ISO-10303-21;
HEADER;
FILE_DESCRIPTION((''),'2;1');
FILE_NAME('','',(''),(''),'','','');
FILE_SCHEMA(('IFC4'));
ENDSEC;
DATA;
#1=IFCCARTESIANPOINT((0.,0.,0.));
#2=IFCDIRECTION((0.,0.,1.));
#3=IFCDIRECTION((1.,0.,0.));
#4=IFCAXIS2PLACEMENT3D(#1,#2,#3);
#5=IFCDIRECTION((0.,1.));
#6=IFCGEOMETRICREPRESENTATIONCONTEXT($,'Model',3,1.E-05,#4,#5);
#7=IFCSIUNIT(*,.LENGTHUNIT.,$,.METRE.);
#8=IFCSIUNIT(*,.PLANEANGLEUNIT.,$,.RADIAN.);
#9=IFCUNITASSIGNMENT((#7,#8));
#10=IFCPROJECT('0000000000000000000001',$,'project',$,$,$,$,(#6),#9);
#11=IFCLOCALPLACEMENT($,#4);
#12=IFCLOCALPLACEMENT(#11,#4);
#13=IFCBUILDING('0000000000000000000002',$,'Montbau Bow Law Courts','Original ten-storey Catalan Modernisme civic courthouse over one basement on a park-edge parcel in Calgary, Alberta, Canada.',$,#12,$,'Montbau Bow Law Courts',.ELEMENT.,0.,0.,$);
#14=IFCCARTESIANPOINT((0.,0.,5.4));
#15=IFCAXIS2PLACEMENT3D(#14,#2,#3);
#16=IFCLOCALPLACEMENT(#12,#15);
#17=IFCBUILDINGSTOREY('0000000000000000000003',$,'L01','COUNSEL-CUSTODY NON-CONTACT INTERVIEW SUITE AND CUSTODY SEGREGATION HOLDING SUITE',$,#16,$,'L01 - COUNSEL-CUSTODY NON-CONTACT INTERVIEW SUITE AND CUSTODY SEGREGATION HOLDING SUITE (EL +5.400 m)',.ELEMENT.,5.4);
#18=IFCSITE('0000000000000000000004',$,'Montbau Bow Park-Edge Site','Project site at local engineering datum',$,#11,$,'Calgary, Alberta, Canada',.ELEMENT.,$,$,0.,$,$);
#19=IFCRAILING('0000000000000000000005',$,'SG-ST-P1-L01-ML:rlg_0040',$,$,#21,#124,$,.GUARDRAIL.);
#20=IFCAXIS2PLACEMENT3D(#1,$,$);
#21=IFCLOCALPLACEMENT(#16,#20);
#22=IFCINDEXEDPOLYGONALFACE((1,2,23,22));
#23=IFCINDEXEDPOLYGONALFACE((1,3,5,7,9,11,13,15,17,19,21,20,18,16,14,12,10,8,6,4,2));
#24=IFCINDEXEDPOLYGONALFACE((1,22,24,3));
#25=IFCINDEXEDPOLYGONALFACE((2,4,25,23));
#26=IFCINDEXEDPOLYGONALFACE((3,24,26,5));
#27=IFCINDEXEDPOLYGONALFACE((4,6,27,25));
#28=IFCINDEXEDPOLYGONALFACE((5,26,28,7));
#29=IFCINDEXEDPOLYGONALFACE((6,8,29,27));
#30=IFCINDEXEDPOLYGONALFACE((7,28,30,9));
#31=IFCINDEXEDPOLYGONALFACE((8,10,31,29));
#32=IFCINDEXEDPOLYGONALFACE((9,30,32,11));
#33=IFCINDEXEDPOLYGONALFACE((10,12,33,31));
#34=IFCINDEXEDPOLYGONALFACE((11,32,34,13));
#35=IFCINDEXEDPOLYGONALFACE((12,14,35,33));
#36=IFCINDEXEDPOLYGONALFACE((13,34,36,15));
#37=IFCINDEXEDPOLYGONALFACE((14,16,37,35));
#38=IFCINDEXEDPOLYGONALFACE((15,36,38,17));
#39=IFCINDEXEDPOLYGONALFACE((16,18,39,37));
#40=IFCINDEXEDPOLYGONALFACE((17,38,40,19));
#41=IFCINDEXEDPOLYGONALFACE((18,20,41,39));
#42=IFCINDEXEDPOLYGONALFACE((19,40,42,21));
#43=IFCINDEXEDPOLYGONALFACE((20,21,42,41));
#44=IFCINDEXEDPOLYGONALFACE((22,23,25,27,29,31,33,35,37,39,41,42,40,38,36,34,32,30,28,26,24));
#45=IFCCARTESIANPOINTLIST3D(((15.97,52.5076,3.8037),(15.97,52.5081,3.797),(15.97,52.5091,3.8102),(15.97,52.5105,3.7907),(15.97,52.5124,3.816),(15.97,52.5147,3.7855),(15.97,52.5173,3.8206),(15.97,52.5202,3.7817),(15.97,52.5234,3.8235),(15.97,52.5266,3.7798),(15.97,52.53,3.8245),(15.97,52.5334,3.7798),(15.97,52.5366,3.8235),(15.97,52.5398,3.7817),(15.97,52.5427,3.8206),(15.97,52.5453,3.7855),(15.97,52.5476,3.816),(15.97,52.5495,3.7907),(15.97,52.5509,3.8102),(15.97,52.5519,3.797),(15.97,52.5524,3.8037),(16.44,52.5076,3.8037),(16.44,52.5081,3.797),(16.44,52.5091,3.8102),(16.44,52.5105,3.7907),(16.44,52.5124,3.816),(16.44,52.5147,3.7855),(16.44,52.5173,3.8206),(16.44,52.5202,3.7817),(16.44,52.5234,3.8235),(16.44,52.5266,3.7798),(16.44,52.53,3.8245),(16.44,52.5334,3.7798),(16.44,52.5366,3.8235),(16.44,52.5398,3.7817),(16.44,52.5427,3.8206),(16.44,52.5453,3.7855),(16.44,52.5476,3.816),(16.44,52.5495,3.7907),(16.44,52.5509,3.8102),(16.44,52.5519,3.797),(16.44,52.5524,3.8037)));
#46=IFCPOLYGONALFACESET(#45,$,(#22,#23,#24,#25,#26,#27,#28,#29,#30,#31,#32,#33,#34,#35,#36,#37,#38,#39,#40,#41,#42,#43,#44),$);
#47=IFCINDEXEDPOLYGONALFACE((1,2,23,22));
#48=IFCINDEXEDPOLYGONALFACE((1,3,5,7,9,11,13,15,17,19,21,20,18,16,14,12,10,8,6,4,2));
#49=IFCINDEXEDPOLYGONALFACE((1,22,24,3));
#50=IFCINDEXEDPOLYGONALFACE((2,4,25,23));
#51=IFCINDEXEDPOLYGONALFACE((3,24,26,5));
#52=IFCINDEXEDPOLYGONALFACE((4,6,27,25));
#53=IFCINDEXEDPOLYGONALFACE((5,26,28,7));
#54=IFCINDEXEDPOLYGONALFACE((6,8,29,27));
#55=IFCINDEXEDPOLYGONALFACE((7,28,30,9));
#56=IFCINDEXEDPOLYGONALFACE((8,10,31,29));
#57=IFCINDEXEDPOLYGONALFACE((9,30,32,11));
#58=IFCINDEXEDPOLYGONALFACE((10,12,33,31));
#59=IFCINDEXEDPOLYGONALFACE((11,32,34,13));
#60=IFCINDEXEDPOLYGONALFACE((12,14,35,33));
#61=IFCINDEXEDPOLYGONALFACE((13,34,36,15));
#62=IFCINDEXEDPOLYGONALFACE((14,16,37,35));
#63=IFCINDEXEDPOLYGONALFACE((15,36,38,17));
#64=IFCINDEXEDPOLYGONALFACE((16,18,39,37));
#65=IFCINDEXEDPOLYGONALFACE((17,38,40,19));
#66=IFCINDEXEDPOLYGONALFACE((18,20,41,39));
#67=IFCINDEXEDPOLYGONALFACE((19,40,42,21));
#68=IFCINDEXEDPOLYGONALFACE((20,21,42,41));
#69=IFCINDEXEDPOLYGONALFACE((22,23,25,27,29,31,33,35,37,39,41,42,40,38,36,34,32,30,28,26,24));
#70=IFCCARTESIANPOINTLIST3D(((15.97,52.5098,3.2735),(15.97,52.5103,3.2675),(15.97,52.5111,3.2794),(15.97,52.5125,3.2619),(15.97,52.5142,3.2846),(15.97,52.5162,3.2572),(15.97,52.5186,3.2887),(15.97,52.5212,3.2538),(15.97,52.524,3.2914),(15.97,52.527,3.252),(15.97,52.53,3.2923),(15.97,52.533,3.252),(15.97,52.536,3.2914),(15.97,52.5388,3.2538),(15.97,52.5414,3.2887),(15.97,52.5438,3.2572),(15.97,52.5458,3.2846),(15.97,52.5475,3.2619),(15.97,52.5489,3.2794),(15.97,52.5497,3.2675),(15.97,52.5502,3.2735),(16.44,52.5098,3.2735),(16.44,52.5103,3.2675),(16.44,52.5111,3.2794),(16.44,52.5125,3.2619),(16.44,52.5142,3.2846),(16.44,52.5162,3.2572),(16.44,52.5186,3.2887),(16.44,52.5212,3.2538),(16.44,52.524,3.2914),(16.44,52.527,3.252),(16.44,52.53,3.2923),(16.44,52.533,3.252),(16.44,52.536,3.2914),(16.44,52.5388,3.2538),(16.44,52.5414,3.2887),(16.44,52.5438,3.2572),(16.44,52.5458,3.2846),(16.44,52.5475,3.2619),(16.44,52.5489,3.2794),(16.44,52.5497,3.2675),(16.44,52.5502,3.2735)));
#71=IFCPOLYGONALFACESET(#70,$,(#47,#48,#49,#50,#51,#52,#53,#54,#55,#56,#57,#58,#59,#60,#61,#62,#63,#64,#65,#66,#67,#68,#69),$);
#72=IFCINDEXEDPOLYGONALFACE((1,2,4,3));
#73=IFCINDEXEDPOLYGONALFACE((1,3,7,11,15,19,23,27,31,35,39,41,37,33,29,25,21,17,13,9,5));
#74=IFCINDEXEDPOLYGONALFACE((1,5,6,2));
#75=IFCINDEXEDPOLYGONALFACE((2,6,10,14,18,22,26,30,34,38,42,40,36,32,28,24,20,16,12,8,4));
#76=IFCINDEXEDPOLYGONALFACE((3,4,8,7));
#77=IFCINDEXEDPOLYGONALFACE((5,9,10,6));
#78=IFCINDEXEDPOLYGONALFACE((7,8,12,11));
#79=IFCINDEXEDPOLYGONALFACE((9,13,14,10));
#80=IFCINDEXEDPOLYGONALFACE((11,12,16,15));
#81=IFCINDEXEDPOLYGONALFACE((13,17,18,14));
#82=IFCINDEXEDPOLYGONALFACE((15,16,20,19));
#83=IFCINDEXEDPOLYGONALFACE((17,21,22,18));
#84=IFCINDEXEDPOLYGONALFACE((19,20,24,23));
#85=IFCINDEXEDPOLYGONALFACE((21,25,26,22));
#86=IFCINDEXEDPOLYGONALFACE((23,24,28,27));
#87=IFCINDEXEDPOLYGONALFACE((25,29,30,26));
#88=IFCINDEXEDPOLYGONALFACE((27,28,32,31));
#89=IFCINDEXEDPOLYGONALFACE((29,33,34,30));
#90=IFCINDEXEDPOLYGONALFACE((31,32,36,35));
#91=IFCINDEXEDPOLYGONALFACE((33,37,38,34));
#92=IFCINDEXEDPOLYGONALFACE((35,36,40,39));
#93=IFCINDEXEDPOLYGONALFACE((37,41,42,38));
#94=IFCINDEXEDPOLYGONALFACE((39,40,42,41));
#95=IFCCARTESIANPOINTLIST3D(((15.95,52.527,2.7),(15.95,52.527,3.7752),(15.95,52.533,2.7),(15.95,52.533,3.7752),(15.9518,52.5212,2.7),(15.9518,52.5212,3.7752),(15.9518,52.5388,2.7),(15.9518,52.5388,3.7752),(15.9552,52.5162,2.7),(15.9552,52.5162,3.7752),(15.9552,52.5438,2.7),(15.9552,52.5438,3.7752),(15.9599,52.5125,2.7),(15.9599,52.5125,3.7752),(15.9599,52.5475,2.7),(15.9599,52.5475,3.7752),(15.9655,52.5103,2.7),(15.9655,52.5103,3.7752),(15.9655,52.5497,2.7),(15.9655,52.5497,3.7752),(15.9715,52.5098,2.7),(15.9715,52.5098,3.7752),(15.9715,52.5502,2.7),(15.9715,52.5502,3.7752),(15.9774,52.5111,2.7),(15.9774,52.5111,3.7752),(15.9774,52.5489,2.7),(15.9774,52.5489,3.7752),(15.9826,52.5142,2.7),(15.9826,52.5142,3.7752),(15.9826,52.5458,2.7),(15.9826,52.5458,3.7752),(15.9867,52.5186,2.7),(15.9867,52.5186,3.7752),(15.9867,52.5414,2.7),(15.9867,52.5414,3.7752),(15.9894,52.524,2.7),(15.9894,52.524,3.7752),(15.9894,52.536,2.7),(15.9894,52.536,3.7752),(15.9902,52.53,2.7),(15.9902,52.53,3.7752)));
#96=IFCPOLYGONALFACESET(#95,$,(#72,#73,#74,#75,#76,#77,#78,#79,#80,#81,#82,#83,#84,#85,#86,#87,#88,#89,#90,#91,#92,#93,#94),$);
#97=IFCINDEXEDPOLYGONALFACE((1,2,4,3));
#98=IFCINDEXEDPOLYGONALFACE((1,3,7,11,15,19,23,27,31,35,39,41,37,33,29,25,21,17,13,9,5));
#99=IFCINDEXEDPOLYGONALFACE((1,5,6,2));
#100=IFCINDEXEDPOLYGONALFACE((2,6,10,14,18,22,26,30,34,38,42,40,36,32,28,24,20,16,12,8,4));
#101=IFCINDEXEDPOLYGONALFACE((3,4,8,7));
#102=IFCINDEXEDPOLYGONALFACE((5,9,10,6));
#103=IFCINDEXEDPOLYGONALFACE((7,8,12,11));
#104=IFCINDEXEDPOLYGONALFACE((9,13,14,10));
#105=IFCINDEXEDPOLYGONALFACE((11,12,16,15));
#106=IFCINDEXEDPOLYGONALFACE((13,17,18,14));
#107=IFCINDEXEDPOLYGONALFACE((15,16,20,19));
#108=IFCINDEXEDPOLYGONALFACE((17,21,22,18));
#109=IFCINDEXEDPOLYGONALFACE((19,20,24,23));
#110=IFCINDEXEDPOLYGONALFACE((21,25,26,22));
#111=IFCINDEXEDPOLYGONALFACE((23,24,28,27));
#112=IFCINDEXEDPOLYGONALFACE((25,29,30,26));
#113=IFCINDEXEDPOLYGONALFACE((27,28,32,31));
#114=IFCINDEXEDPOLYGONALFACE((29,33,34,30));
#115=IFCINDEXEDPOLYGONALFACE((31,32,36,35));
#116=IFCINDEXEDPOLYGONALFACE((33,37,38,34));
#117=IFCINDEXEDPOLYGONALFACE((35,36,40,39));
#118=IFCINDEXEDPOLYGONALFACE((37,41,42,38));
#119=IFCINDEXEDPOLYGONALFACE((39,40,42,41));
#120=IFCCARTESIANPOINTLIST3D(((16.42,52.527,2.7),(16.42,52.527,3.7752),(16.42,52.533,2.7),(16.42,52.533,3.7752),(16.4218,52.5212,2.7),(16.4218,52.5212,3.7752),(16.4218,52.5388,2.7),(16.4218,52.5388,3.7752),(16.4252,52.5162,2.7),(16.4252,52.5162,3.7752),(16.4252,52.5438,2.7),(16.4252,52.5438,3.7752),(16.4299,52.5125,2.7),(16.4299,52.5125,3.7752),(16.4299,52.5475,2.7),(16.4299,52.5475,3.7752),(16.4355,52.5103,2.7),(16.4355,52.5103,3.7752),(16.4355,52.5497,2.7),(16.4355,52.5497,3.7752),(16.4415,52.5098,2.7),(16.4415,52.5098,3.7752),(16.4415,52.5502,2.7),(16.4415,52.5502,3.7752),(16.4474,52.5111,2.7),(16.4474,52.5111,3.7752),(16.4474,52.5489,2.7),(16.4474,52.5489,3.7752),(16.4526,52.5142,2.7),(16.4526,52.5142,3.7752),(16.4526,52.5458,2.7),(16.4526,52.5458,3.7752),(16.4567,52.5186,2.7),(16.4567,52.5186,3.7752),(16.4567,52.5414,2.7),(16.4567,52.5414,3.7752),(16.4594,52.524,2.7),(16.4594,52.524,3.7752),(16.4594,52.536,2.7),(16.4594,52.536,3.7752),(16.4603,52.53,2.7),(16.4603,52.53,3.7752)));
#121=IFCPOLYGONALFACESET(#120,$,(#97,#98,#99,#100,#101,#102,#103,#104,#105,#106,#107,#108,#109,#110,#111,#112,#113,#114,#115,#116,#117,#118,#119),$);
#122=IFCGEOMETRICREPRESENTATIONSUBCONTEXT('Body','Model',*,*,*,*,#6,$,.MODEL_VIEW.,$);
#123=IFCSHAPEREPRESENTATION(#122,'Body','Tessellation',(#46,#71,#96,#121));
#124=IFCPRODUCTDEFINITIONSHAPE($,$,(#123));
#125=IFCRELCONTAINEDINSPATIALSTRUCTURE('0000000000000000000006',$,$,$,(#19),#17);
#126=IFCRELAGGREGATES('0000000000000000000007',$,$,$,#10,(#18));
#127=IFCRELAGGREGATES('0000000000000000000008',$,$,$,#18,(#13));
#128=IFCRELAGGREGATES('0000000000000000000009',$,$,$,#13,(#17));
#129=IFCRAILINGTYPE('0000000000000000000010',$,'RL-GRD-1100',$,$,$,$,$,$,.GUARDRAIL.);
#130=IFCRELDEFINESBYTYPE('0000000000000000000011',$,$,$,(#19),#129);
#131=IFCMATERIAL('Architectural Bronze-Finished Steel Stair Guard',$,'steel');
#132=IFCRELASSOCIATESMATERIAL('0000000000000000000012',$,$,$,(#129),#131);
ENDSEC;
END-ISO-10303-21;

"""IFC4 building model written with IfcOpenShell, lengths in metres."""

from ifc_helpers import new_model, si_unit, direction, frame, origin_with_axes, origin_2d_with_axis, place, context, subcontext, project, spatial, circle, extrude, material, type_object, element, save


model = new_model("IFC4")

# Units and contexts
model_context = context("Model", 3, precision=1e-05, world=origin_with_axes(), true_north=direction((0.0, 1.0)))
body_context = subcontext(model_context, "Body", "Model", "MODEL_VIEW")
ifc_project = project(units=[si_unit("LENGTHUNIT", "METRE"), si_unit("PLANEANGLEUNIT", "RADIAN")], contexts=[model_context])

# Site, building, storey
site_placement = place(None, origin_with_axes())
site = spatial("IfcSite", under=ifc_project, at=site_placement, Name="Montbau Bow Park-Edge Site", Description="Project site at local engineering datum", LongName="Calgary, Alberta, Canada", CompositionType="ELEMENT", RefElevation=0.0)
building_placement = place(site_placement, origin_with_axes())
building = spatial("IfcBuilding", under=site, at=building_placement, Name="Montbau Bow Law Courts", Description="Original ten-storey Catalan Modernisme civic courthouse over one basement on a park-edge parcel in Calgary, Alberta, Canada.", LongName="Montbau Bow Law Courts", CompositionType="ELEMENT", ElevationOfRefHeight=0.0, ElevationOfTerrain=0.0)
storey_placement = place(building_placement, frame((0.0, 0.0, 5.4), z_axis=(0.0, 0.0, 1.0), x_axis=(1.0, 0.0, 0.0)))
storey = spatial("IfcBuildingStorey", under=building, at=storey_placement, Name="L01", Description="COUNSEL-CUSTODY NON-CONTACT INTERVIEW SUITE AND CUSTODY SEGREGATION HOLDING SUITE", LongName="L01 - COUNSEL-CUSTODY NON-CONTACT INTERVIEW SUITE AND CUSTODY SEGREGATION HOLDING SUITE (EL +5.400 m)", CompositionType="ELEMENT", Elevation=5.4)

# Railing
ifc_material_1 = material(Name="Architectural Bronze-Finished Steel Stair Guard", Category="steel")
railing_type_1 = type_object("IfcRailingType", Name="RL-GRD-1100", PredefinedType="GUARDRAIL", material=ifc_material_1)
railing_1_placement = place(None, origin_with_axes())
element("IfcRailing", 1, at=railing_1_placement, inside=storey, type_object=railing_type_1, Name="SG-ST-P1-L01-ML:rlg_0040", PredefinedType="GUARDRAIL", context=body_context, shape_type="SweptSolid", body=[
    extrude(circle(Radius=0.0225, at=origin_2d_with_axis()), frame((15.97, 52.53, 9.202), z_axis=(1.0, 0.0, 0.0), x_axis=(0.0, 0.0, 1.0)), (0.0, 0.0, 1.0), 0.47),
    extrude(circle(Radius=0.0203, at=origin_2d_with_axis()), frame((15.97, 52.53, 8.672), z_axis=(1.0, 0.0, 0.0), x_axis=(0.0, 0.0, 1.0)), (0.0, 0.0, 1.0), 0.47),
    extrude(circle(Radius=0.0203, at=origin_2d_with_axis()), frame((15.97, 52.53, 8.1), z_axis=(0.0, 0.0, 1.0), x_axis=(1.0, 0.0, 0.0)), (0.0, 0.0, 1.0), 1.0753),
    extrude(circle(Radius=0.0203, at=origin_2d_with_axis()), frame((16.44, 52.53, 8.1), z_axis=(0.0, 0.0, 1.0), x_axis=(1.0, 0.0, 0.0)), (0.0, 0.0, 1.0), 1.0753),
])

save(model, "model.ifc")
